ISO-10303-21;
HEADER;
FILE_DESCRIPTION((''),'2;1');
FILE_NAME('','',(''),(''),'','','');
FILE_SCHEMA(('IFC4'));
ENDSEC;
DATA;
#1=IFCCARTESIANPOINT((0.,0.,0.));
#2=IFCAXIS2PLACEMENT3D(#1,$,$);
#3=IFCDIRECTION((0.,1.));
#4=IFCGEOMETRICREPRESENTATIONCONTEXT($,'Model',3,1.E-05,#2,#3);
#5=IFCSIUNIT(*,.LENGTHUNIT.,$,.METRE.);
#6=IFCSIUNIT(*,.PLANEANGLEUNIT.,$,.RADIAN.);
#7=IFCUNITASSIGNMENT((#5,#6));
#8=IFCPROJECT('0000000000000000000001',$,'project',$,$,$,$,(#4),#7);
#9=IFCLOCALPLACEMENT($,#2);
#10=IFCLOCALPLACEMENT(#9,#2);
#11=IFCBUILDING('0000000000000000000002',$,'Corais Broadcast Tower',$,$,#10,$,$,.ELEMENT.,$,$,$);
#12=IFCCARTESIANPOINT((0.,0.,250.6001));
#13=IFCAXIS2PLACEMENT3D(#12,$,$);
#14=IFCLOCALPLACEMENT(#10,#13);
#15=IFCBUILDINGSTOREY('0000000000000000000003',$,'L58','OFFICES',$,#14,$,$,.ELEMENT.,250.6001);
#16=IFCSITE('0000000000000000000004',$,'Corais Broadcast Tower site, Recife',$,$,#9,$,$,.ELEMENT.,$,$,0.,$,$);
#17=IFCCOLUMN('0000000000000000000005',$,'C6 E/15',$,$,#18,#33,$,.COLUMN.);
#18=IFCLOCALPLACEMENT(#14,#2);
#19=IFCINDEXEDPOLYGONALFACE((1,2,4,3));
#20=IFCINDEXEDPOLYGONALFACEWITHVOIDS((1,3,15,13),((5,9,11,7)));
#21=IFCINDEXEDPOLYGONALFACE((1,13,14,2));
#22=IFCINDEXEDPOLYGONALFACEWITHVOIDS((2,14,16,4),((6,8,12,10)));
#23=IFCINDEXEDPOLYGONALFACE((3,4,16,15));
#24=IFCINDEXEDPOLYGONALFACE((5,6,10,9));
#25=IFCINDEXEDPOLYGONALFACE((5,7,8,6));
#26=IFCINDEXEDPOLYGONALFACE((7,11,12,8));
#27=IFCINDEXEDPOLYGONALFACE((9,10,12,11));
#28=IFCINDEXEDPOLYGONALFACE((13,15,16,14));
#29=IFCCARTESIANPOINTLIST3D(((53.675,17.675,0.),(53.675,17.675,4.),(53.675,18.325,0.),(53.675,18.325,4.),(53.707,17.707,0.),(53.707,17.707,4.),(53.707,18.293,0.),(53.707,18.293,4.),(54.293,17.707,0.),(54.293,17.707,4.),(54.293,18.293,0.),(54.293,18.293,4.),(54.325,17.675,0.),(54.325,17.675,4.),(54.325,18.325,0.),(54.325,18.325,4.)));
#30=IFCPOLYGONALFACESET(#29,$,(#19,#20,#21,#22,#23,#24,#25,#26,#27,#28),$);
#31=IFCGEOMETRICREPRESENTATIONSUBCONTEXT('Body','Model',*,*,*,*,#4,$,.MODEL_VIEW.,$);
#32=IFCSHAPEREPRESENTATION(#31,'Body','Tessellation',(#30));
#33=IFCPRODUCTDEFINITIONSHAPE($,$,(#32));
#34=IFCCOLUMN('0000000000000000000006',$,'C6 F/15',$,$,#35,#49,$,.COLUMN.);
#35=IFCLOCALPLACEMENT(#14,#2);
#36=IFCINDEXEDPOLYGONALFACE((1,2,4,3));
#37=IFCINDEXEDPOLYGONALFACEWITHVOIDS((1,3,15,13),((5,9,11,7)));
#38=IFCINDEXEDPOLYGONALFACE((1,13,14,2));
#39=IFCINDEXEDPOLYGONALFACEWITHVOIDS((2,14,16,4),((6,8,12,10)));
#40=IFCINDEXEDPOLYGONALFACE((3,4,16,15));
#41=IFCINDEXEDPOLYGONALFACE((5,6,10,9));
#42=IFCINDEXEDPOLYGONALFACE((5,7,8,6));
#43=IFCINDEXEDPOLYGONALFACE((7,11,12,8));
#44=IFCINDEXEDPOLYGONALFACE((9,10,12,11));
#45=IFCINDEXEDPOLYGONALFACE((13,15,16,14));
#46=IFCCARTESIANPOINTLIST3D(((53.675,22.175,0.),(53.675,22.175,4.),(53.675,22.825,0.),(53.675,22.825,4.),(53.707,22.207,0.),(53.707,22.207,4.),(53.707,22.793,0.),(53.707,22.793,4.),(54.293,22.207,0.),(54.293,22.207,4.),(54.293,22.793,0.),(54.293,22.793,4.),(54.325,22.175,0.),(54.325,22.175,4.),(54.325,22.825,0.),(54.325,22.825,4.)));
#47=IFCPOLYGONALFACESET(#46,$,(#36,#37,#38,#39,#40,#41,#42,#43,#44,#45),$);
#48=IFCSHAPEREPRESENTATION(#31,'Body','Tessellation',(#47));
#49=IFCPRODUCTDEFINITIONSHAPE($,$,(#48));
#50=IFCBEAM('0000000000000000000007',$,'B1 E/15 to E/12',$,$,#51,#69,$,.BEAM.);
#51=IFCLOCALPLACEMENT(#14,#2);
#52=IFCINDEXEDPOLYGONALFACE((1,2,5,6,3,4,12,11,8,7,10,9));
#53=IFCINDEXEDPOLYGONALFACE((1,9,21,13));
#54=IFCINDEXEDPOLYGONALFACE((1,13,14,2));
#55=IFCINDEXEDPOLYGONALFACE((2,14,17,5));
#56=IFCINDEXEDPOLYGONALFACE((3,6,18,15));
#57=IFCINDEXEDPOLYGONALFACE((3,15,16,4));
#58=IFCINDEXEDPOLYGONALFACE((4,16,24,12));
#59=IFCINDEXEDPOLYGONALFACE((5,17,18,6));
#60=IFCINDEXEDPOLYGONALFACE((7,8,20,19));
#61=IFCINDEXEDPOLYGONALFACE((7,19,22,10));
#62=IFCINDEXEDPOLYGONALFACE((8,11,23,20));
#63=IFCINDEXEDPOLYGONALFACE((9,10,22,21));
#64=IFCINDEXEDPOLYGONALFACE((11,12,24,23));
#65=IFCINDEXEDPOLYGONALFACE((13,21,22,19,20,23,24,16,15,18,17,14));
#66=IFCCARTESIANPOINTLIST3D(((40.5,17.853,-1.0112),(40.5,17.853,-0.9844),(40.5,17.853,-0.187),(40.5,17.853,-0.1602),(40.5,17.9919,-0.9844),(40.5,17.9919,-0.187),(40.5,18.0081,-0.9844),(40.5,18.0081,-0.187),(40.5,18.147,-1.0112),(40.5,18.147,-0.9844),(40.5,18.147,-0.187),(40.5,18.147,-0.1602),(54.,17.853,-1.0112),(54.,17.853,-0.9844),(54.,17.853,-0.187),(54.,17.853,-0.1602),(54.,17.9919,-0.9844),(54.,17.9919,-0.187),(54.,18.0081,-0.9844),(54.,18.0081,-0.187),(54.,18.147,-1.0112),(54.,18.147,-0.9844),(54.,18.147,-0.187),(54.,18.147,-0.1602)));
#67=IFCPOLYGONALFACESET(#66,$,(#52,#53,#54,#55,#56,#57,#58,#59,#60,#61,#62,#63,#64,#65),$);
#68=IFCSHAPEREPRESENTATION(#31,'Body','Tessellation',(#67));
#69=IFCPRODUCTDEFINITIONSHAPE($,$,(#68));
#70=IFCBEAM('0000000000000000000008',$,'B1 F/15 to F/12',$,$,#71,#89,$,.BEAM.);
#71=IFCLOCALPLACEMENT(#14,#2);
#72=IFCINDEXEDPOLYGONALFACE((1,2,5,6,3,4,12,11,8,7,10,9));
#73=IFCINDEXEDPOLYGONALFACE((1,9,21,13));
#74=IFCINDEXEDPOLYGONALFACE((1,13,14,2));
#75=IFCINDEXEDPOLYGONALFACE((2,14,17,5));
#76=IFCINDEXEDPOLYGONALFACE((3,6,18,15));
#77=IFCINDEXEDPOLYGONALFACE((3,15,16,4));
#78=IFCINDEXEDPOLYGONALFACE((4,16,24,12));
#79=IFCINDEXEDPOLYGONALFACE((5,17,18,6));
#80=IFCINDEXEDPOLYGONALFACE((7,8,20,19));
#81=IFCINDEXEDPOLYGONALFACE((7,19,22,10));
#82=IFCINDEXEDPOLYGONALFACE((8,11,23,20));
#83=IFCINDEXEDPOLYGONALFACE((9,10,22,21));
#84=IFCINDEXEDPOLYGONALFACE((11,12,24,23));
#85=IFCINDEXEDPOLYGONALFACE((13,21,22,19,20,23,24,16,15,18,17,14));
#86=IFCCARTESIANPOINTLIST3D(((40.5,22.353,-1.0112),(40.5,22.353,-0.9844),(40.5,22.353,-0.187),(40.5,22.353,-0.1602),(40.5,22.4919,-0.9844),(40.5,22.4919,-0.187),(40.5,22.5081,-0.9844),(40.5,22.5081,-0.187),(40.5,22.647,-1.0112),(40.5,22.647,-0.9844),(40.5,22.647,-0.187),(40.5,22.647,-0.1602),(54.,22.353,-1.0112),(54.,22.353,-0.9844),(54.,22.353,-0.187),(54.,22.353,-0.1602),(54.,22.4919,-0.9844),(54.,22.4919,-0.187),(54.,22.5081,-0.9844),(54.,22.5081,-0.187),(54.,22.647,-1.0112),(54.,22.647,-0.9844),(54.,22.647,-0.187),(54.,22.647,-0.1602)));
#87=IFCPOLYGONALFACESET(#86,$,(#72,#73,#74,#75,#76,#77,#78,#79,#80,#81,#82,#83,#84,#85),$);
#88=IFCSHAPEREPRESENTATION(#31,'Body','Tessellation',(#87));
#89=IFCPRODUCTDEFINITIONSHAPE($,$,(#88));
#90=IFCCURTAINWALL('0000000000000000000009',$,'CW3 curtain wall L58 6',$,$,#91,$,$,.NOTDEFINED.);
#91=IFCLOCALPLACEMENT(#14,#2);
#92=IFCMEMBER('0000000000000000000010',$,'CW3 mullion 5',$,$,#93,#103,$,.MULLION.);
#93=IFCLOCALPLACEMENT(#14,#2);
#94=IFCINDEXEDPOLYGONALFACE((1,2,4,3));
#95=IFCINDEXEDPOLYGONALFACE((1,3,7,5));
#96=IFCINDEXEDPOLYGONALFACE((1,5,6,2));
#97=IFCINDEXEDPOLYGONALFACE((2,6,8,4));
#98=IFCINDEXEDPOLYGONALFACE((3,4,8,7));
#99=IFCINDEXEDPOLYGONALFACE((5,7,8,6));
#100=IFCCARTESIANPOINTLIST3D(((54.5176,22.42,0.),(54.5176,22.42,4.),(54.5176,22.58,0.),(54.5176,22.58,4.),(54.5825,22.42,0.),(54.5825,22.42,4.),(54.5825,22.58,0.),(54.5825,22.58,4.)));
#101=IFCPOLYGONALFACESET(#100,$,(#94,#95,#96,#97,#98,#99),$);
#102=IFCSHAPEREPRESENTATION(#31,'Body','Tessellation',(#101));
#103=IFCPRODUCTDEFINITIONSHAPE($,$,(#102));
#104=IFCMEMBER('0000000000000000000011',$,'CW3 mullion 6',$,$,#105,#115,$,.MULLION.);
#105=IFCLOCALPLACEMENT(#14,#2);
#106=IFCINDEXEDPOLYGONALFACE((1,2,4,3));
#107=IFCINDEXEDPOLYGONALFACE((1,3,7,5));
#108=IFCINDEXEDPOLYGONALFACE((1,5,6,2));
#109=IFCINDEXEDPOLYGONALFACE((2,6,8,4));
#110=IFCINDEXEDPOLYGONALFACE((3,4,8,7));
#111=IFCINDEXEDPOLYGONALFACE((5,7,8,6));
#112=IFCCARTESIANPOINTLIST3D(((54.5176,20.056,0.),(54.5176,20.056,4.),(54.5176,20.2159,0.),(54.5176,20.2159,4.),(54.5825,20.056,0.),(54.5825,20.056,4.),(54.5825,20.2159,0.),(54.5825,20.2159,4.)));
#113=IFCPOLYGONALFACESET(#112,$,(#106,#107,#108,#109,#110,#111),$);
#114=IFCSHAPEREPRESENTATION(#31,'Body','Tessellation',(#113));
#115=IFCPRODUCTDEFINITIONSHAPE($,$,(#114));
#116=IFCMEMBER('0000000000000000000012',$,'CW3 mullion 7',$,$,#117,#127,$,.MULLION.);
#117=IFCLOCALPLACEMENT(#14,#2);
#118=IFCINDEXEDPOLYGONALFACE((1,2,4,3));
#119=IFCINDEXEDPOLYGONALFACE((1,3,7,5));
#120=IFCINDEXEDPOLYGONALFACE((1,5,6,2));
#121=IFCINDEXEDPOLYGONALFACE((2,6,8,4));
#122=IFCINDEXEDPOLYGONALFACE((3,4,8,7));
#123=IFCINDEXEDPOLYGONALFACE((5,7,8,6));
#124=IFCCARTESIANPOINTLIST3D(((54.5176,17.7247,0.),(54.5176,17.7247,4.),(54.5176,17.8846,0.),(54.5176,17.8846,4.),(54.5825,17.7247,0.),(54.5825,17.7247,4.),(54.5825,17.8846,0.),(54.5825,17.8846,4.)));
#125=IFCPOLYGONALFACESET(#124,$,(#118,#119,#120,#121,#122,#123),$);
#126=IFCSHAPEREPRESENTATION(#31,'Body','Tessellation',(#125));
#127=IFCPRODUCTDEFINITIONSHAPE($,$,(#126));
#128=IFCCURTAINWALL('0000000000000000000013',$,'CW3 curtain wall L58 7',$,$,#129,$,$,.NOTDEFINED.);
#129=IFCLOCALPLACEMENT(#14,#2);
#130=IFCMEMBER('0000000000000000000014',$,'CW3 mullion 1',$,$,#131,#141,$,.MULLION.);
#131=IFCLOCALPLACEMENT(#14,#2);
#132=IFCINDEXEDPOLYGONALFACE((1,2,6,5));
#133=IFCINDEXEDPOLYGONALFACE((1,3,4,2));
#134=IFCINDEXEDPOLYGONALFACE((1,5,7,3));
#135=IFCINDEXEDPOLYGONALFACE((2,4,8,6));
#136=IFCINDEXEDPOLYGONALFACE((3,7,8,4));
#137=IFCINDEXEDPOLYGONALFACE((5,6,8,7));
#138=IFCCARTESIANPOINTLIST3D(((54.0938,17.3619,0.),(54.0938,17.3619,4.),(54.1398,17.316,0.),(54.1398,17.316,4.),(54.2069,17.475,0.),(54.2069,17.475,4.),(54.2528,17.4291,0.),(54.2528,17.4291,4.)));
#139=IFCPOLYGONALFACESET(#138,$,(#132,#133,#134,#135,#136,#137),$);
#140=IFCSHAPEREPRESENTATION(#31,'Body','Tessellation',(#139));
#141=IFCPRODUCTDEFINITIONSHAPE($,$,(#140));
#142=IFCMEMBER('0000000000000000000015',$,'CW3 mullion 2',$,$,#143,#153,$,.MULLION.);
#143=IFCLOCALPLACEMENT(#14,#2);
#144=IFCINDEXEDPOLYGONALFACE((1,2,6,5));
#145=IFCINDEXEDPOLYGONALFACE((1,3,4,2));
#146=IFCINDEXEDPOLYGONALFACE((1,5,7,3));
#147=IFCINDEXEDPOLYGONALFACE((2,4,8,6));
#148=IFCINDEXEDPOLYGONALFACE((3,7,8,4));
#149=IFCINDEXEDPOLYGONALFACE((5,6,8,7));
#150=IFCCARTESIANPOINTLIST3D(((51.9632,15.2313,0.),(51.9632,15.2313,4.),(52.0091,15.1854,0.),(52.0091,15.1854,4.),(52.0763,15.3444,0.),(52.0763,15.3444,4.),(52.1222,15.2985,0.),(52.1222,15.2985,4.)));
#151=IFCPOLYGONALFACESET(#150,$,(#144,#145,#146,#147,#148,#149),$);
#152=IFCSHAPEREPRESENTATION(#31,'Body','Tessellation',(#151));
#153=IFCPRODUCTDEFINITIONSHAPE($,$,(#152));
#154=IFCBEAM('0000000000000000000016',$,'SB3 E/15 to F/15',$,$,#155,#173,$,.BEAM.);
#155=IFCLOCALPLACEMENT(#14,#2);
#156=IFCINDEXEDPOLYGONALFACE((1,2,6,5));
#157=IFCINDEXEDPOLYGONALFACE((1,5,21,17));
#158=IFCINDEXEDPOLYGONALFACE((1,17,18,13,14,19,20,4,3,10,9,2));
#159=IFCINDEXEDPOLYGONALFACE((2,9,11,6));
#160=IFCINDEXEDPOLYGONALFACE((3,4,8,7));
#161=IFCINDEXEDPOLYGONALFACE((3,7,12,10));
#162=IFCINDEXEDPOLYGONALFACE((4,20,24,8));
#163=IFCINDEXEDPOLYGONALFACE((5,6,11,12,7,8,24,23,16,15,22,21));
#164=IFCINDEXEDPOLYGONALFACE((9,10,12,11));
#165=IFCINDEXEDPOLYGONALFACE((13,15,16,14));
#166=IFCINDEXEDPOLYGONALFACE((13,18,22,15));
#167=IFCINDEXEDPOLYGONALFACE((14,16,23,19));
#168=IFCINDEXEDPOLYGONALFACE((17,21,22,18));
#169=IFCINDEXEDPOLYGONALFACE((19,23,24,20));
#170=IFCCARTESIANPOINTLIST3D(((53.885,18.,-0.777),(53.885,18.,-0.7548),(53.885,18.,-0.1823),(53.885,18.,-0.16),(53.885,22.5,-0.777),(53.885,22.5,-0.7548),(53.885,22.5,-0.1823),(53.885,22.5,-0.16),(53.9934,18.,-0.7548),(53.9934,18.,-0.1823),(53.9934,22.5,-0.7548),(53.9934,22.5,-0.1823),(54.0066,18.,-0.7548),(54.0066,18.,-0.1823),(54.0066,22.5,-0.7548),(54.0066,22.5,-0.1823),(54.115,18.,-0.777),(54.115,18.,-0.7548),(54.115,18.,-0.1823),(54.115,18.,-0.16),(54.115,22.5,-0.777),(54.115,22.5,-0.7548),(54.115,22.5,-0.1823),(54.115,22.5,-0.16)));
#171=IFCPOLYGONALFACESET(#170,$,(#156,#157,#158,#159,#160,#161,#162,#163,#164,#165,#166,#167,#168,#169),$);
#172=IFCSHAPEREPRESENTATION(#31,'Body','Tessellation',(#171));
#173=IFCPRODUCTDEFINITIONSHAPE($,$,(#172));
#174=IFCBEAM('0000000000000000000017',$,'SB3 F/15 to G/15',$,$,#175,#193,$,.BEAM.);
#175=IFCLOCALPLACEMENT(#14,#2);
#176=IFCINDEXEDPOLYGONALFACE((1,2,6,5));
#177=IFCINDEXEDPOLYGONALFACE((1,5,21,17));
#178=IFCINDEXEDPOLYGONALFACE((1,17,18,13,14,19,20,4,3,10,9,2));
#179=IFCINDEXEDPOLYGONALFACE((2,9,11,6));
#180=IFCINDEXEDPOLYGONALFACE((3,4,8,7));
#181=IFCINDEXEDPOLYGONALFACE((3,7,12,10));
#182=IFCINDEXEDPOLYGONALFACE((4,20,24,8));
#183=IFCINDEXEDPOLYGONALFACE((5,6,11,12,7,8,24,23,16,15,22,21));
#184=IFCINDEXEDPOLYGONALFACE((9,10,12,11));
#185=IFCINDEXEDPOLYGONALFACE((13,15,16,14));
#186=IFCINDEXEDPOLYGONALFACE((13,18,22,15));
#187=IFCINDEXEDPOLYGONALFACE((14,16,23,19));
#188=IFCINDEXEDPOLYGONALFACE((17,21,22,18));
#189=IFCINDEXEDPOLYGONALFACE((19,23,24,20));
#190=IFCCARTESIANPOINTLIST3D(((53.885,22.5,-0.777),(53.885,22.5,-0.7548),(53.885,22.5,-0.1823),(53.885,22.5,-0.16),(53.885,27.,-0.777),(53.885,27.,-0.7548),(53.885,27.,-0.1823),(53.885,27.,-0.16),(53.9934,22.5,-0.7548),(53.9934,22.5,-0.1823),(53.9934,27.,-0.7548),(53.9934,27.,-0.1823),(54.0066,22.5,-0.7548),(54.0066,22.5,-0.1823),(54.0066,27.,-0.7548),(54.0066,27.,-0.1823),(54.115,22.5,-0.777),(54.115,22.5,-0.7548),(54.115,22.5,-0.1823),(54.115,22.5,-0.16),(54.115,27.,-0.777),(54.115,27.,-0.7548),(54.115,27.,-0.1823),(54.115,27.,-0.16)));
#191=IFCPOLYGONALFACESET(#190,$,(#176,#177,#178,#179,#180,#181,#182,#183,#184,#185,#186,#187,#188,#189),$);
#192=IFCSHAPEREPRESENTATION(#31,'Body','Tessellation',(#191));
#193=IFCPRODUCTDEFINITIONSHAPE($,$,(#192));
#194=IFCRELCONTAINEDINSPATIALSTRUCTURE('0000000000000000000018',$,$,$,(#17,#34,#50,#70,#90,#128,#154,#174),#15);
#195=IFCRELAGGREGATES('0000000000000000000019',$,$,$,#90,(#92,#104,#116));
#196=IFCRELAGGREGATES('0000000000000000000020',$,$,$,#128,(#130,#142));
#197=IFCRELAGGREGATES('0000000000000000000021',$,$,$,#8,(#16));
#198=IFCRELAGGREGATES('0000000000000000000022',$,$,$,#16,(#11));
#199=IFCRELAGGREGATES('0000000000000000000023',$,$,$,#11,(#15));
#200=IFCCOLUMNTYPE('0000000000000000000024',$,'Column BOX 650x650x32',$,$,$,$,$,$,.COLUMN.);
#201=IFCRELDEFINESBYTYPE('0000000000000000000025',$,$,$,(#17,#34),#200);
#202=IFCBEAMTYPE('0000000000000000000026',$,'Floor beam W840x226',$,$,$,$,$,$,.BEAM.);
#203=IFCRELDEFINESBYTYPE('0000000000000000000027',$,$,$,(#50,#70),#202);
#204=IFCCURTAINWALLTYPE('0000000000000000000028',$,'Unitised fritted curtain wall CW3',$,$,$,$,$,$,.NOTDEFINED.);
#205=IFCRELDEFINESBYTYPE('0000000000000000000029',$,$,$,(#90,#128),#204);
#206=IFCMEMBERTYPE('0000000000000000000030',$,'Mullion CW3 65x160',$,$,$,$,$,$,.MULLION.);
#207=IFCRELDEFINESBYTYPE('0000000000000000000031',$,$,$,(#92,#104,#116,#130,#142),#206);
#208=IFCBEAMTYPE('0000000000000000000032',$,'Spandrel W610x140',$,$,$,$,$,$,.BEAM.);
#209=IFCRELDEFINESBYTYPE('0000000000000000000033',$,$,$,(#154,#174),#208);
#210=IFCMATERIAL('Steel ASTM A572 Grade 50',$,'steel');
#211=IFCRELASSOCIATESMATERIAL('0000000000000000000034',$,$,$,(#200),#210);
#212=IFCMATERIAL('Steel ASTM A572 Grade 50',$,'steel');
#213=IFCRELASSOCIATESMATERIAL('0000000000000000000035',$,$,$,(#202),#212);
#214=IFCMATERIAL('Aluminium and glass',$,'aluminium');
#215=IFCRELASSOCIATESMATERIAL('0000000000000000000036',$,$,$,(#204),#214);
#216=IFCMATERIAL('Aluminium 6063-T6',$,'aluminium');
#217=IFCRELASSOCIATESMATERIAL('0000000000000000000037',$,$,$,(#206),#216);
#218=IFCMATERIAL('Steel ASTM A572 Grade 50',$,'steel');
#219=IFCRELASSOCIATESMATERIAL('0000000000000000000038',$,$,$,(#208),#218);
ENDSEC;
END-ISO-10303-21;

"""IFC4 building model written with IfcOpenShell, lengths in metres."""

from ifc_helpers import new_model, si_unit, direction, frame, origin, origin_2d, place, context, subcontext, project, spatial, rectangle, hollow_rectangle, i_section, extrude, material, material_profile, profile_set, type_object, element, aggregate, save


model = new_model("IFC4")

# Units and contexts
model_context = context("Model", 3, precision=1e-05, world=origin(), true_north=direction((0.0, 1.0)))
body_context = subcontext(model_context, "Body", "Model", "MODEL_VIEW")
ifc_project = project(units=[si_unit("LENGTHUNIT", "METRE"), si_unit("PLANEANGLEUNIT", "RADIAN")], contexts=[model_context])

# Site, building, storey
site_placement = place(None, origin())
site = spatial("IfcSite", under=ifc_project, at=site_placement, Name="Corais Broadcast Tower site, Recife", CompositionType="ELEMENT", RefElevation=0.0)
building_placement = place(site_placement, origin())
building = spatial("IfcBuilding", under=site, at=building_placement, Name="Corais Broadcast Tower", CompositionType="ELEMENT")
storey_placement = place(building_placement, frame((0.0, 0.0, 250.6001)))
storey = spatial("IfcBuildingStorey", under=building, at=storey_placement, Name="L58", Description="OFFICES", CompositionType="ELEMENT", Elevation=250.6001)

# Columns
ifc_material_1 = material(Name="Steel ASTM A572 Grade 50", Category="steel")
ifc_material_profile_1 = material_profile(ifc_material_1, hollow_rectangle(XDim=0.6499, YDim=0.6499, WallThickness=0.032, at=origin_2d()), Name="BOX 650x650x32")
ifc_profile_set_1 = profile_set([ifc_material_profile_1], Name="Steel ASTM A572 Grade 50")
column_type = type_object("IfcColumnType", Name="Column BOX 650x650x32", PredefinedType="COLUMN", material=ifc_profile_set_1)
for number, where, z_axis, x_axis, name in (
    (1, (54.0, 18.0, 0.0), (0.0, 0.0, 1.0), (1.0, 0.0, 0.0), "C6 E/15"),
    (2, (54.0, 22.5, 0.0), (0.0, 0.0, 1.0), (1.0, 0.0, 0.0), "C6 F/15"),
):
    element("IfcColumn", number, at=place(storey_placement, frame(where, z_axis=z_axis, x_axis=x_axis)), inside=storey, type_object=column_type, Name=name, PredefinedType="COLUMN", context=body_context, shape_type="SweptSolid", body=[
        extrude(hollow_rectangle(XDim=0.6499, YDim=0.6499, WallThickness=0.032, at=origin_2d()), origin(), (0.0, 0.0, 1.0), 4.0),
    ])

# Beams
ifc_material_2 = material(Name="Steel ASTM A572 Grade 50", Category="steel")
ifc_material_profile_2 = material_profile(ifc_material_2, i_section(OverallWidth=0.2939, OverallDepth=0.8511, WebThickness=0.0161, FlangeThickness=0.0269, at=origin_2d()), Name="W840x226")
ifc_profile_set_2 = profile_set([ifc_material_profile_2], Name="Steel ASTM A572 Grade 50")
beam_type_1 = type_object("IfcBeamType", Name="Floor beam W840x226", PredefinedType="BEAM", material=ifc_profile_set_2)
for number, where, z_axis, x_axis, name in (
    (3, (54.0, 18.0, -0.5857), (-1.0, 0.0, 0.0), (0.0, -1.0, 0.0), "B1 E/15 to E/12"),
    (4, (54.0, 22.5, -0.5857), (-1.0, 0.0, 0.0), (0.0, -1.0, 0.0), "B1 F/15 to F/12"),
):
    element("IfcBeam", number, at=place(storey_placement, frame(where, z_axis=z_axis, x_axis=x_axis)), inside=storey, type_object=beam_type_1, Name=name, PredefinedType="BEAM", context=body_context, shape_type="SweptSolid", body=[
        extrude(i_section(OverallWidth=0.2939, OverallDepth=0.8511, WebThickness=0.0161, FlangeThickness=0.0269, at=origin_2d()), origin(), (0.0, 0.0, 1.0), 13.5),
    ])

# Curtain walls, members
ifc_material_3 = material(Name="Aluminium and glass", Category="aluminium")
curtain_wall_type = type_object("IfcCurtainWallType", Name="Unitised fritted curtain wall CW3", PredefinedType="NOTDEFINED", material=ifc_material_3)
curtain_wall_1_placement = place(storey_placement, origin())
curtain_wall_1 = element("IfcCurtainWall", 5, at=curtain_wall_1_placement, inside=storey, type_object=curtain_wall_type, Name="CW3 curtain wall L58 6", PredefinedType="NOTDEFINED")
ifc_material_4 = material(Name="Aluminium 6063-T6", Category="aluminium")
ifc_material_profile_3 = material_profile(ifc_material_4, rectangle(XDim=0.0649, YDim=0.1599, at=origin_2d()), Name="Mullion CW3 65x160")
ifc_profile_set_3 = profile_set([ifc_material_profile_3], Name="Aluminium 6063-T6")
member_type_1 = type_object("IfcMemberType", Name="Mullion CW3 65x160", PredefinedType="MULLION", material=ifc_profile_set_3)
member_1_placement = place(storey_placement, frame((54.55, 22.5, 0.0), z_axis=(0.0, 0.0, 1.0), x_axis=(1.0, 0.0, 0.0)))
member_1 = element("IfcMember", 6, at=member_1_placement, type_object=member_type_1, Name="CW3 mullion 5", PredefinedType="MULLION", context=body_context, shape_type="SweptSolid", body=[
    extrude(rectangle(XDim=0.0649, YDim=0.1599, at=origin_2d()), origin(), (0.0, 0.0, 1.0), 4.0),
])
member_2_placement = place(storey_placement, frame((54.55, 20.136, 0.0), z_axis=(0.0, 0.0, 1.0), x_axis=(1.0, 0.0, 0.0)))
member_2 = element("IfcMember", 7, at=member_2_placement, type_object=member_type_1, Name="CW3 mullion 6", PredefinedType="MULLION", context=body_context, shape_type="SweptSolid", body=[
    extrude(rectangle(XDim=0.0649, YDim=0.1599, at=origin_2d()), origin(), (0.0, 0.0, 1.0), 4.0),
])
member_3_placement = place(storey_placement, frame((54.55, 17.8047, 0.0), z_axis=(0.0, 0.0, 1.0), x_axis=(1.0, 0.0, 0.0)))
member_3 = element("IfcMember", 8, at=member_3_placement, type_object=member_type_1, Name="CW3 mullion 7", PredefinedType="MULLION", context=body_context, shape_type="SweptSolid", body=[
    extrude(rectangle(XDim=0.0649, YDim=0.1599, at=origin_2d()), origin(), (0.0, 0.0, 1.0), 4.0),
])
curtain_wall_2_placement = place(storey_placement, origin())
curtain_wall_2 = element("IfcCurtainWall", 9, at=curtain_wall_2_placement, inside=storey, type_object=curtain_wall_type, Name="CW3 curtain wall L58 7", PredefinedType="NOTDEFINED")
member_4_placement = place(storey_placement, frame((54.1733, 17.3955, 0.0), z_axis=(0.0, 0.0, 1.0), x_axis=(0.707107, -0.707107, 0.0)))
member_4 = element("IfcMember", 10, at=member_4_placement, type_object=member_type_1, Name="CW3 mullion 1", PredefinedType="MULLION", context=body_context, shape_type="SweptSolid", body=[
    extrude(rectangle(XDim=0.0649, YDim=0.1599, at=origin_2d()), origin(), (0.0, 0.0, 1.0), 4.0),
])
member_5_placement = place(storey_placement, frame((52.0427, 15.2649, 0.0), z_axis=(0.0, 0.0, 1.0), x_axis=(0.707107, -0.707107, 0.0)))
member_5 = element("IfcMember", 11, at=member_5_placement, type_object=member_type_1, Name="CW3 mullion 2", PredefinedType="MULLION", context=body_context, shape_type="SweptSolid", body=[
    extrude(rectangle(XDim=0.0649, YDim=0.1599, at=origin_2d()), origin(), (0.0, 0.0, 1.0), 4.0),
])

# Beams
ifc_material_5 = material(Name="Steel ASTM A572 Grade 50", Category="steel")
ifc_material_profile_4 = material_profile(ifc_material_5, i_section(OverallWidth=0.23, OverallDepth=0.6169, WebThickness=0.0132, FlangeThickness=0.0222, at=origin_2d()), Name="W610x140")
ifc_profile_set_4 = profile_set([ifc_material_profile_4], Name="Steel ASTM A572 Grade 50")
beam_type_2 = type_object("IfcBeamType", Name="Spandrel W610x140", PredefinedType="BEAM", material=ifc_profile_set_4)
for number, where, z_axis, x_axis, name in (
    (12, (54.0, 18.0, -0.4685), (0.0, 1.0, 0.0), (-1.0, 0.0, 0.0), "SB3 E/15 to F/15"),
    (13, (54.0, 22.5, -0.4685), (0.0, 1.0, 0.0), (-1.0, 0.0, 0.0), "SB3 F/15 to G/15"),
):
    element("IfcBeam", number, at=place(storey_placement, frame(where, z_axis=z_axis, x_axis=x_axis)), inside=storey, type_object=beam_type_2, Name=name, PredefinedType="BEAM", context=body_context, shape_type="SweptSolid", body=[
        extrude(i_section(OverallWidth=0.23, OverallDepth=0.6169, WebThickness=0.0132, FlangeThickness=0.0222, at=origin_2d()), origin(), (0.0, 0.0, 1.0), 4.5),
    ])

aggregate(curtain_wall_1, [member_1, member_2, member_3])
aggregate(curtain_wall_2, [member_4, member_5])

save(model, "model.ifc")
